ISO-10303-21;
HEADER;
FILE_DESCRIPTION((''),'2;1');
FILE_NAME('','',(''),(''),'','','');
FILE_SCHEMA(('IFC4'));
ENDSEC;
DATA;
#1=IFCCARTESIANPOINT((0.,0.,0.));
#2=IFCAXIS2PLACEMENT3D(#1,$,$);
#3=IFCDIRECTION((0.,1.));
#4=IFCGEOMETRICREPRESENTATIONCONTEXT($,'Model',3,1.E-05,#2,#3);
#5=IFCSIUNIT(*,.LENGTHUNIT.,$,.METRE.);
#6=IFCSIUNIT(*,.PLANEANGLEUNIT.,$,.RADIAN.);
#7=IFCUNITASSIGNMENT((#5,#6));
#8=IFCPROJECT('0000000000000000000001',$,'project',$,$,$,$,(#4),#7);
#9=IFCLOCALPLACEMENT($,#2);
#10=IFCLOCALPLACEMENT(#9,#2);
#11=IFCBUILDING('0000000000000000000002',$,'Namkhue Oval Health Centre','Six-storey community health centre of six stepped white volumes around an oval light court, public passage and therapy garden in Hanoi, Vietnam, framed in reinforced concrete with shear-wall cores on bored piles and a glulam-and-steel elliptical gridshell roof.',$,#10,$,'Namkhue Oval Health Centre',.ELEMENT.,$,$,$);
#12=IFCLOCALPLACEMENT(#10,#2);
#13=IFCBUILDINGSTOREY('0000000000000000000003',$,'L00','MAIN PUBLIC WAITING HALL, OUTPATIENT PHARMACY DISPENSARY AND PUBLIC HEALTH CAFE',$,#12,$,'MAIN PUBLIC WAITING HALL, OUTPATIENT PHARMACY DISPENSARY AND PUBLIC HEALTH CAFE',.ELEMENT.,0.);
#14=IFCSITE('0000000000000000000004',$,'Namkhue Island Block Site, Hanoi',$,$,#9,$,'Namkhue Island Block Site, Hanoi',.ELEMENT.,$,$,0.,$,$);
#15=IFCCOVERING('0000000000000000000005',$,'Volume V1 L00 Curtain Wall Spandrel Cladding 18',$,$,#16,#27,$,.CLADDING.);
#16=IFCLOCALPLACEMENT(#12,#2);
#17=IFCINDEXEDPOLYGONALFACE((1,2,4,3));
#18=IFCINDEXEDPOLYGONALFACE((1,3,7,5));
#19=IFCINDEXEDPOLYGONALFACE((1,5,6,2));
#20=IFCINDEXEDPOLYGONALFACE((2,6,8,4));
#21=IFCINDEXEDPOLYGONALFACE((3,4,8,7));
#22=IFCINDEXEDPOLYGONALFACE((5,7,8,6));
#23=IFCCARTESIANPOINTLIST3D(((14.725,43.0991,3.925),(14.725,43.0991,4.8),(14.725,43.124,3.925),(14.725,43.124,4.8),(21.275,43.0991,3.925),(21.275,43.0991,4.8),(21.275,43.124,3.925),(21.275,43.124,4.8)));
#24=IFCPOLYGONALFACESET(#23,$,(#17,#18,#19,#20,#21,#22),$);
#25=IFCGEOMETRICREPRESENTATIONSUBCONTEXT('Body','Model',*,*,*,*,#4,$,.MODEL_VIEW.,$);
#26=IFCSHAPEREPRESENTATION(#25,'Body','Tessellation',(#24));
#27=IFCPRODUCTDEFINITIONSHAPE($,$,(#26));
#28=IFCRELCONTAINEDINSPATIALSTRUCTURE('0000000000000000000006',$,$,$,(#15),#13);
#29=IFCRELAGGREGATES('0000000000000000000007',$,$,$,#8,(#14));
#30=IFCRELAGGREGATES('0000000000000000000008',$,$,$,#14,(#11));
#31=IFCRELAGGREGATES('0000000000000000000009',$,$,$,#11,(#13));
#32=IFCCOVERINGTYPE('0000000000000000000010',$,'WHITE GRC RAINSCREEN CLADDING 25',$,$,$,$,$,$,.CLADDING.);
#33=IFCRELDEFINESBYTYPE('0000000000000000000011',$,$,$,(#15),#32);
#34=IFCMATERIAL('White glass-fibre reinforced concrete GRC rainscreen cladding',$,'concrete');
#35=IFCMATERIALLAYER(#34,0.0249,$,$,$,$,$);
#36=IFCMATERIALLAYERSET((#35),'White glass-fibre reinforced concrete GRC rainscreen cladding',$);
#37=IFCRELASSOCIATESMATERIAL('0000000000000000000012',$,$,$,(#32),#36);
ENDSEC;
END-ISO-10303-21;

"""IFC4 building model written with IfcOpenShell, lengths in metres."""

from ifc_helpers import new_model, si_unit, direction, frame, origin, origin_2d, place, context, subcontext, project, spatial, rectangle, extrude, material, layer, layer_set, type_object, element, save


model = new_model("IFC4")

# Units and contexts
model_context = context("Model", 3, precision=1e-05, world=origin(), true_north=direction((0.0, 1.0)))
body_context = subcontext(model_context, "Body", "Model", "MODEL_VIEW")
ifc_project = project(units=[si_unit("LENGTHUNIT", "METRE"), si_unit("PLANEANGLEUNIT", "RADIAN")], contexts=[model_context])

# Site, building, storey
site_placement = place(None, origin())
site = spatial("IfcSite", under=ifc_project, at=site_placement, Name="Namkhue Island Block Site, Hanoi", LongName="Namkhue Island Block Site, Hanoi", CompositionType="ELEMENT", RefElevation=0.0)
building_placement = place(site_placement, origin())
building = spatial("IfcBuilding", under=site, at=building_placement, Name="Namkhue Oval Health Centre", Description="Six-storey community health centre of six stepped white volumes around an oval light court, public passage and therapy garden in Hanoi, Vietnam, framed in reinforced concrete with shear-wall cores on bored piles and a glulam-and-steel elliptical gridshell roof.", LongName="Namkhue Oval Health Centre", CompositionType="ELEMENT")
storey_placement = place(building_placement, origin())
storey = spatial("IfcBuildingStorey", under=building, at=storey_placement, Name="L00", Description="MAIN PUBLIC WAITING HALL, OUTPATIENT PHARMACY DISPENSARY AND PUBLIC HEALTH CAFE", LongName="MAIN PUBLIC WAITING HALL, OUTPATIENT PHARMACY DISPENSARY AND PUBLIC HEALTH CAFE", CompositionType="ELEMENT", Elevation=0.0)

# Covering
ifc_material_1 = material(Name="White glass-fibre reinforced concrete GRC rainscreen cladding", Category="concrete")
ifc_layer_1 = layer(ifc_material_1, 0.0249)
ifc_layer_set_1 = layer_set([ifc_layer_1], Name="White glass-fibre reinforced concrete GRC rainscreen cladding")
covering_type = type_object("IfcCoveringType", Name="WHITE GRC RAINSCREEN CLADDING 25", PredefinedType="CLADDING", material=ifc_layer_set_1)
covering_placement = place(storey_placement, frame((18.0, 43.1116, 3.925), z_axis=(0.0, 0.0, 1.0), x_axis=(1.0, 0.0, 0.0)))
element("IfcCovering", 1, at=covering_placement, inside=storey, type_object=covering_type, Name="Volume V1 L00 Curtain Wall Spandrel Cladding 18", PredefinedType="CLADDING", context=body_context, shape_type="SweptSolid", body=[
    extrude(rectangle(XDim=6.55, YDim=0.0249, at=origin_2d()), origin(), (0.0, 0.0, 1.0), 0.875),
])

save(model, "model.ifc")
